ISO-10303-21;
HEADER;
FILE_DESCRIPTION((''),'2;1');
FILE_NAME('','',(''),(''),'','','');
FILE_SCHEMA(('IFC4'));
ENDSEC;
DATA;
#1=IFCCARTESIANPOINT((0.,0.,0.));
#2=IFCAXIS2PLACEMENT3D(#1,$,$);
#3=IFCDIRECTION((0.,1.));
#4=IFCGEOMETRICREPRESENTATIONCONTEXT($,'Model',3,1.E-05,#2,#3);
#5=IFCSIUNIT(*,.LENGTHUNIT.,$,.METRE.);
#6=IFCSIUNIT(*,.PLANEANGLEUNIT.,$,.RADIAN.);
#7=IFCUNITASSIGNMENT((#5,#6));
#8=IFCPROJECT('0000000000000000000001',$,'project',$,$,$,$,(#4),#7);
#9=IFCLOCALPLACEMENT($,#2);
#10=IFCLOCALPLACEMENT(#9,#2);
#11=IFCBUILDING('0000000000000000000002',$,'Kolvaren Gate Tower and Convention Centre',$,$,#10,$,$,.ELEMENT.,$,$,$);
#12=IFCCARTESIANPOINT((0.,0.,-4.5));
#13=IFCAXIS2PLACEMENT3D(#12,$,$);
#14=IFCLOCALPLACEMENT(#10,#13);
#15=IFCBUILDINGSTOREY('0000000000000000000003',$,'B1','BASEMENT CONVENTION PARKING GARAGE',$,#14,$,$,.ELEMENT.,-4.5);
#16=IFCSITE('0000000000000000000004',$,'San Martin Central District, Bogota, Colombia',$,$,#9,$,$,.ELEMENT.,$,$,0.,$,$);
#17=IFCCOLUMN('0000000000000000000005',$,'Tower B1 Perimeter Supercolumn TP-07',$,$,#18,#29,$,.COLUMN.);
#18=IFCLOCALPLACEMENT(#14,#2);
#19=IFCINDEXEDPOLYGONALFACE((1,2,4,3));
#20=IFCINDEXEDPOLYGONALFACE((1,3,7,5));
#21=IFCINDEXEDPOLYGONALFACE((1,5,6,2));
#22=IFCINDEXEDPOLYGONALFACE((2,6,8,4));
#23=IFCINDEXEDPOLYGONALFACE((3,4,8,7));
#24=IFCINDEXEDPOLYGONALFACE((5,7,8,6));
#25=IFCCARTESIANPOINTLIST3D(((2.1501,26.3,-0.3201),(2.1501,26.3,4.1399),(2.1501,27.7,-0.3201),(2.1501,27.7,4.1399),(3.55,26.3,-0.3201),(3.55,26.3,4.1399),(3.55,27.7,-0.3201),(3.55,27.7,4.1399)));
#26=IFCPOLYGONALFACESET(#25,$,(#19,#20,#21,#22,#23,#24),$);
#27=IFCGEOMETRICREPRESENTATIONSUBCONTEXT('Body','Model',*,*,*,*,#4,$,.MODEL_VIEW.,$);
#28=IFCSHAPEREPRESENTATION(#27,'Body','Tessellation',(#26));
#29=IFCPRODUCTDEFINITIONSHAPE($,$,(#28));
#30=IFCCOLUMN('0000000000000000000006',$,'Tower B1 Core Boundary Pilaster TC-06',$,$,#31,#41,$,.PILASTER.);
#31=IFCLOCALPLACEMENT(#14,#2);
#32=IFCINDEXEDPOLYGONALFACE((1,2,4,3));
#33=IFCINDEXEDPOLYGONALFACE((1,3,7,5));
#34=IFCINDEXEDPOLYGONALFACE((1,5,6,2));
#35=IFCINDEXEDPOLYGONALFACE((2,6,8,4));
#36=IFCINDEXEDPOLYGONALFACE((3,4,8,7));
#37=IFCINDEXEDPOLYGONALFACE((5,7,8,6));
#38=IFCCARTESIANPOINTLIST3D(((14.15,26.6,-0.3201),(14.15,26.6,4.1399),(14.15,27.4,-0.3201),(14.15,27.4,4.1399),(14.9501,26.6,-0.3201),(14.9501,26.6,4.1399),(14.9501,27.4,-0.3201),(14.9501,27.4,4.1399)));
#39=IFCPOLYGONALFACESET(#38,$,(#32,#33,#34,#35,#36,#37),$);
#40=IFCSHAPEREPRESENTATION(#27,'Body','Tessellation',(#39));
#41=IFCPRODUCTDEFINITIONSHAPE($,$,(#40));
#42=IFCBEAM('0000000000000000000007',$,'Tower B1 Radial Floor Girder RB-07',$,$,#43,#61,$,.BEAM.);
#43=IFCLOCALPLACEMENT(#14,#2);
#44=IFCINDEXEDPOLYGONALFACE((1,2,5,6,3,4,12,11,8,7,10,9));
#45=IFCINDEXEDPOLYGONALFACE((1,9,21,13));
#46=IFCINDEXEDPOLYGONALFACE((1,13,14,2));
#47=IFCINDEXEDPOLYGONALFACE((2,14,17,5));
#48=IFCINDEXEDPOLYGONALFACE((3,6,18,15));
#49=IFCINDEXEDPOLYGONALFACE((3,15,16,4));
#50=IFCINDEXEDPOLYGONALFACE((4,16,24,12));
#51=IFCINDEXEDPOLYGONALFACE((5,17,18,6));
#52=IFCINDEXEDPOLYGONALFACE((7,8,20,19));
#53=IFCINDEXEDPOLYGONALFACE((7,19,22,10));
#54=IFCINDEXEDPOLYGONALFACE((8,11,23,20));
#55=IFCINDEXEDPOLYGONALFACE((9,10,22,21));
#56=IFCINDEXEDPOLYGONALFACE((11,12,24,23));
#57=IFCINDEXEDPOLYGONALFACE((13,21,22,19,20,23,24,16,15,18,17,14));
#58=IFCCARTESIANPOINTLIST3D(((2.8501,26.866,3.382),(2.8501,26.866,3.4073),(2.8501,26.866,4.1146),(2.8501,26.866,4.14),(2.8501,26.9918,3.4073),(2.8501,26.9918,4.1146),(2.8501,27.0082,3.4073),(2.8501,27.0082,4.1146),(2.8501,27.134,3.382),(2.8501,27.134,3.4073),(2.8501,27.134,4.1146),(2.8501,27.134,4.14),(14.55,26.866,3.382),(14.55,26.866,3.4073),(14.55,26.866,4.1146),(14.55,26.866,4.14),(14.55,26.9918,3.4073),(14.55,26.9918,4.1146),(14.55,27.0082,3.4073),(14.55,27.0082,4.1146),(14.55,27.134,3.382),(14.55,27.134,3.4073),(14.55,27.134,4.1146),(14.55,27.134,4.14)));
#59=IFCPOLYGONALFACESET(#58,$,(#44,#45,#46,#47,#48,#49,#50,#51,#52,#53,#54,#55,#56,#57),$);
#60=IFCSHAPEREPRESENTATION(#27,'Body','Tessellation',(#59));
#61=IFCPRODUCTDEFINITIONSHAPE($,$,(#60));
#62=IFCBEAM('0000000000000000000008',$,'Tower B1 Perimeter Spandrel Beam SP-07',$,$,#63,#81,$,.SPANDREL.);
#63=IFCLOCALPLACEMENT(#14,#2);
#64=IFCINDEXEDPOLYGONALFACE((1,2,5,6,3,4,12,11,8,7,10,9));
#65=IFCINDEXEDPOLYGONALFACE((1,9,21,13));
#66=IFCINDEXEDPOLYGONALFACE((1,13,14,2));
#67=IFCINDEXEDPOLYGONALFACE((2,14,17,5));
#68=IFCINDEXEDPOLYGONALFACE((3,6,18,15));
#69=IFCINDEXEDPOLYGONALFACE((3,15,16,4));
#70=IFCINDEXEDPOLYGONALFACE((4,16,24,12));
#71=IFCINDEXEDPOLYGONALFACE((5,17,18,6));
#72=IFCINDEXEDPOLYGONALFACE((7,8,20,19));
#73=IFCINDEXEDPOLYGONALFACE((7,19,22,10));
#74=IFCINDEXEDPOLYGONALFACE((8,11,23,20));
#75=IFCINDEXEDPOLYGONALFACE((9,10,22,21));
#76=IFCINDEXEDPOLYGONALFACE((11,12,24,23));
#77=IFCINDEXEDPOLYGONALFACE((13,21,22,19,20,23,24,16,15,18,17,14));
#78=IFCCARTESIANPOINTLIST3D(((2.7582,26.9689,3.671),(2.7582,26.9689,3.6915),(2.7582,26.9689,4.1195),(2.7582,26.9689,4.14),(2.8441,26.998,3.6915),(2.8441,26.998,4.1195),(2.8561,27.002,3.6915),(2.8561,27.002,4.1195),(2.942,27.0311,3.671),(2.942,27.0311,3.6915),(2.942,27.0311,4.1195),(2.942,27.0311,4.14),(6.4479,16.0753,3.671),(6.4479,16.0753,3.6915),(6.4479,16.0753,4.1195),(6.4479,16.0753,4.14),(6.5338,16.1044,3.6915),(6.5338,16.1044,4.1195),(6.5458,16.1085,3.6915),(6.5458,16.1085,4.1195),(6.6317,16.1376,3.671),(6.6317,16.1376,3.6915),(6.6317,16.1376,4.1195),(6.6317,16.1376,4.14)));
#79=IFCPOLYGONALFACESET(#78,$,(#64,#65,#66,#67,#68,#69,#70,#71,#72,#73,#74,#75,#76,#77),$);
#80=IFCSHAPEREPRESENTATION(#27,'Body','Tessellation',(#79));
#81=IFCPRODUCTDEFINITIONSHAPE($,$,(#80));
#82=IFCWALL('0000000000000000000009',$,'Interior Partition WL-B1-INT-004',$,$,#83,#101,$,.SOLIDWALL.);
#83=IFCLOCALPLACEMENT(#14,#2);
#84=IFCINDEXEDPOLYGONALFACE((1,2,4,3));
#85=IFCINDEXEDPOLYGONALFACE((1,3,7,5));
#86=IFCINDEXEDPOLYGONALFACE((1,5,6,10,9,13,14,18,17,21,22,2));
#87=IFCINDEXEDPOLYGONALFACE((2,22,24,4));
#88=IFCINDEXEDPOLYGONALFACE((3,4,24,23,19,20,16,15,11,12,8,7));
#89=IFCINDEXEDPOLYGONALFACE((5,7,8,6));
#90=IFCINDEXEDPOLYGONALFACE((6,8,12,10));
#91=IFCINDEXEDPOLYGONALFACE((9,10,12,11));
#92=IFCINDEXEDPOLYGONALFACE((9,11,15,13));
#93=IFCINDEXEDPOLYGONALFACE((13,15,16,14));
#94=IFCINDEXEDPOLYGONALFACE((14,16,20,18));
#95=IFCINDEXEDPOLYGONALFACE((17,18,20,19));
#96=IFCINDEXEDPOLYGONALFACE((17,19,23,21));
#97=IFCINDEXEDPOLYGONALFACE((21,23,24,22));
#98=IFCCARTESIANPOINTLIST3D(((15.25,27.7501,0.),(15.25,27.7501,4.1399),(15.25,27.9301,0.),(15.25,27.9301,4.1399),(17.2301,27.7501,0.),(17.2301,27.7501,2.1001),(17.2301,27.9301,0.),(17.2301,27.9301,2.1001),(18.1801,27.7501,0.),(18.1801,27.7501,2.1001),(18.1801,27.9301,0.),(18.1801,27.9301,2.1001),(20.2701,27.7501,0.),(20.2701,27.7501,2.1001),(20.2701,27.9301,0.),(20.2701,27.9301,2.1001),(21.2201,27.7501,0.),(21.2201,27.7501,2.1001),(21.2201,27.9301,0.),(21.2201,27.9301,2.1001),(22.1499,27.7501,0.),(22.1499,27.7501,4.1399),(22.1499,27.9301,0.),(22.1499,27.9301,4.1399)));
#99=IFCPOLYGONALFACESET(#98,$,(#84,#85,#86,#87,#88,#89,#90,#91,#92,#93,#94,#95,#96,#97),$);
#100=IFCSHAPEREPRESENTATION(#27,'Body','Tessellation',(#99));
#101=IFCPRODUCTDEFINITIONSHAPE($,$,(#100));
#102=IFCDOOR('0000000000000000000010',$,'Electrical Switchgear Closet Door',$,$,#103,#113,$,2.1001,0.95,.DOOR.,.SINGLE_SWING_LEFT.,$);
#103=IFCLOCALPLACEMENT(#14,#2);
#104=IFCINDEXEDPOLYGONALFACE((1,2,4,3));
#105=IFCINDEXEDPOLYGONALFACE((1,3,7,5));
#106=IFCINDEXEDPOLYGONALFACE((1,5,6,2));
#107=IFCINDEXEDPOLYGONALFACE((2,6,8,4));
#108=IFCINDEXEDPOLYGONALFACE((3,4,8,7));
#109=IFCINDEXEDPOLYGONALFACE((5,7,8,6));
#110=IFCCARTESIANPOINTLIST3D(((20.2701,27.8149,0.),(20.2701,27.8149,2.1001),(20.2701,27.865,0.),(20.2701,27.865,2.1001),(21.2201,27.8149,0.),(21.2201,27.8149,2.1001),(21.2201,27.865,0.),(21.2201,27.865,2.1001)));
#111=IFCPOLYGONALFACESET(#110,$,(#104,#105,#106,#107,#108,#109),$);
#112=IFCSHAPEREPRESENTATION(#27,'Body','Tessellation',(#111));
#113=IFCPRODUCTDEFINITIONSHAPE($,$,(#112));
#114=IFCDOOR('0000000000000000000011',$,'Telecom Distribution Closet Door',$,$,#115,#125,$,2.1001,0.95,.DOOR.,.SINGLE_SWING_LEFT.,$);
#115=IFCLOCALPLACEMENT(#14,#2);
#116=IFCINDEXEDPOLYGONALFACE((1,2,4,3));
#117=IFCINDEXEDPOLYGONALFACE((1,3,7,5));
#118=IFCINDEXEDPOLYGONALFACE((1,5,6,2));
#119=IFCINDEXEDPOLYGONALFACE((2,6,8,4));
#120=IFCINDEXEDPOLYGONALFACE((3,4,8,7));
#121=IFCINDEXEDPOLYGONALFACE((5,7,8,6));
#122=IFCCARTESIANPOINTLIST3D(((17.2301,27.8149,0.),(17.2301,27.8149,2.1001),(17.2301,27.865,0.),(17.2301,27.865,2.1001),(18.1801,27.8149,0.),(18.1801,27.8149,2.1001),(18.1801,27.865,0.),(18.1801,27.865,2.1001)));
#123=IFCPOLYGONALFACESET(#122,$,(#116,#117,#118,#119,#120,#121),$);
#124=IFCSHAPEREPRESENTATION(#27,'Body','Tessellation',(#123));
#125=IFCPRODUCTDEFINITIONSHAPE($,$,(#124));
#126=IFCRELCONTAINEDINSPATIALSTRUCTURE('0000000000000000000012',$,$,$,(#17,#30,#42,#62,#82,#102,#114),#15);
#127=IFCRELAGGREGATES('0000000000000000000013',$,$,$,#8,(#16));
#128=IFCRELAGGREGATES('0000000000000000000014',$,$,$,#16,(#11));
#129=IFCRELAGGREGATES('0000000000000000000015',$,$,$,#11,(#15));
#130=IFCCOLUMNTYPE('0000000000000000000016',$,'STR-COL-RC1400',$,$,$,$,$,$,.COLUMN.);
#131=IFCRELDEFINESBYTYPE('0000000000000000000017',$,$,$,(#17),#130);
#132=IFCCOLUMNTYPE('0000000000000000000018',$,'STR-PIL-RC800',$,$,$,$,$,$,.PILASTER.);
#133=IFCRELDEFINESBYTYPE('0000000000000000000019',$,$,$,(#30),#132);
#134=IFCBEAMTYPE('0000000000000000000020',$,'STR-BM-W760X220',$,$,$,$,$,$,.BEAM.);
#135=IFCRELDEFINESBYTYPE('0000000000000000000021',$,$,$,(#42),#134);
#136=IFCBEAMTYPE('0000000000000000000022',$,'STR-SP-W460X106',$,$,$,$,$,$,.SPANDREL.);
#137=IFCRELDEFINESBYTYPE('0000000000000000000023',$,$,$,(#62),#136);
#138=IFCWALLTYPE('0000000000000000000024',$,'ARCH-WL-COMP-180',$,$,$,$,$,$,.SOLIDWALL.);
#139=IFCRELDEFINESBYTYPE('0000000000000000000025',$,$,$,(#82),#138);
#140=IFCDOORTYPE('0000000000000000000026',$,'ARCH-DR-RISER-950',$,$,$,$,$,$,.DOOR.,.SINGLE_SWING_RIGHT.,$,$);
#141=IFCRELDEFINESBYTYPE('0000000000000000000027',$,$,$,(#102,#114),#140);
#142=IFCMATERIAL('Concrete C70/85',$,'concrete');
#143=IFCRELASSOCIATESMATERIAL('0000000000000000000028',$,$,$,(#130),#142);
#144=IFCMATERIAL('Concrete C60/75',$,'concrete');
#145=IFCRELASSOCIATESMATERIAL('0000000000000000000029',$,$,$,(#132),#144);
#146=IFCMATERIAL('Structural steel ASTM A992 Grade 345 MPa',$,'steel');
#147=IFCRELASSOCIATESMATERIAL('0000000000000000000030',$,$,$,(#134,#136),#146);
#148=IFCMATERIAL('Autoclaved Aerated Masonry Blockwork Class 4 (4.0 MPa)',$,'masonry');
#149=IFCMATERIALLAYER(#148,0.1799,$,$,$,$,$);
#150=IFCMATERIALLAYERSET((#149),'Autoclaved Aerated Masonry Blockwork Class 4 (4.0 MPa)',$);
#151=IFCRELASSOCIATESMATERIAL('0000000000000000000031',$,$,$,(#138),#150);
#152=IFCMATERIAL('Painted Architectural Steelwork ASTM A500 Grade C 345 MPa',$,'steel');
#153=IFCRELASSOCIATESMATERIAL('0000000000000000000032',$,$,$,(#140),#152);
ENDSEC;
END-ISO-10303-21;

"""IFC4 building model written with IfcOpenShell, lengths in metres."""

from ifc_helpers import new_model, si_unit, direction, frame, frame_2d, origin, origin_2d, place, context, subcontext, project, spatial, rectangle, i_section, extrude, material, layer, layer_set, material_profile, profile_set, type_object, element, fill, save


model = new_model("IFC4")

# Units and contexts
model_context = context("Model", 3, precision=1e-05, world=origin(), true_north=direction((0.0, 1.0)))
body_context = subcontext(model_context, "Body", "Model", "MODEL_VIEW")
ifc_project = project(units=[si_unit("LENGTHUNIT", "METRE"), si_unit("PLANEANGLEUNIT", "RADIAN")], contexts=[model_context])

# Site, building, storey
site_placement = place(None, origin())
site = spatial("IfcSite", under=ifc_project, at=site_placement, Name="San Martin Central District, Bogota, Colombia", CompositionType="ELEMENT", RefElevation=0.0)
building_placement = place(site_placement, origin())
building = spatial("IfcBuilding", under=site, at=building_placement, Name="Kolvaren Gate Tower and Convention Centre", CompositionType="ELEMENT")
storey_placement = place(building_placement, frame((0.0, 0.0, -4.5)))
storey = spatial("IfcBuildingStorey", under=building, at=storey_placement, Name="B1", Description="BASEMENT CONVENTION PARKING GARAGE", CompositionType="ELEMENT", Elevation=-4.5)

# Columns
ifc_material_1 = material(Name="Concrete C70/85", Category="concrete")
ifc_material_profile_1 = material_profile(ifc_material_1, rectangle(XDim=1.3999, YDim=1.3999, at=origin_2d()), Name="RC-COL-1400X1400")
ifc_profile_set_1 = profile_set([ifc_material_profile_1], Name="Concrete C70/85")
column_type_1 = type_object("IfcColumnType", Name="STR-COL-RC1400", PredefinedType="COLUMN", material=ifc_profile_set_1)
column_1_placement = place(storey_placement, frame((2.8501, 27.0, -0.3201), z_axis=(0.0, 0.0, 1.0), x_axis=(1.0, 0.0, 0.0)))
element("IfcColumn", 1, at=column_1_placement, inside=storey, type_object=column_type_1, Name="Tower B1 Perimeter Supercolumn TP-07", PredefinedType="COLUMN", context=body_context, shape_type="SweptSolid", body=[
    extrude(rectangle(XDim=1.3999, YDim=1.3999, at=origin_2d()), origin(), (0.0, 0.0, 1.0), 4.46),
])
ifc_material_2 = material(Name="Concrete C60/75", Category="concrete")
ifc_material_profile_2 = material_profile(ifc_material_2, rectangle(XDim=0.8, YDim=0.8, at=origin_2d()), Name="RC-COL-800X800")
ifc_profile_set_2 = profile_set([ifc_material_profile_2], Name="Concrete C60/75")
column_type_2 = type_object("IfcColumnType", Name="STR-PIL-RC800", PredefinedType="PILASTER", material=ifc_profile_set_2)
column_2_placement = place(storey_placement, frame((14.55, 27.0, -0.3201), z_axis=(0.0, 0.0, 1.0), x_axis=(1.0, 0.0, 0.0)))
element("IfcColumn", 2, at=column_2_placement, inside=storey, type_object=column_type_2, Name="Tower B1 Core Boundary Pilaster TC-06", PredefinedType="PILASTER", context=body_context, shape_type="SweptSolid", body=[
    extrude(rectangle(XDim=0.8, YDim=0.8, at=origin_2d()), origin(), (0.0, 0.0, 1.0), 4.46),
])

# Beams
ifc_material_3 = material(Name="Structural steel ASTM A992 Grade 345 MPa", Category="steel")
ifc_material_profile_3 = material_profile(ifc_material_3, i_section(OverallWidth=0.2681, OverallDepth=0.7581, WebThickness=0.0164, FlangeThickness=0.0254, at=origin_2d()), Name="W760X220")
ifc_profile_set_3 = profile_set([ifc_material_profile_3], Name="Structural steel ASTM A992 Grade 345 MPa")
beam_type_1 = type_object("IfcBeamType", Name="STR-BM-W760X220", PredefinedType="BEAM", material=ifc_profile_set_3)
beam_1_placement = place(storey_placement, frame((14.55, 27.0, 3.761), z_axis=(-1.0, 0.0, 0.0), x_axis=(0.0, -1.0, 0.0)))
element("IfcBeam", 3, at=beam_1_placement, inside=storey, type_object=beam_type_1, Name="Tower B1 Radial Floor Girder RB-07", PredefinedType="BEAM", context=body_context, shape_type="SweptSolid", body=[
    extrude(i_section(OverallWidth=0.2681, OverallDepth=0.7581, WebThickness=0.0164, FlangeThickness=0.0254, at=origin_2d()), origin(), (0.0, 0.0, 1.0), 11.7),
])
ifc_material_profile_4 = material_profile(ifc_material_3, i_section(OverallWidth=0.1941, OverallDepth=0.469, WebThickness=0.0127, FlangeThickness=0.0205, at=origin_2d()), Name="W460X106")
ifc_profile_set_4 = profile_set([ifc_material_profile_4], Name="Structural steel ASTM A992 Grade 345 MPa")
beam_type_2 = type_object("IfcBeamType", Name="STR-SP-W460X106", PredefinedType="SPANDREL", material=ifc_profile_set_4)
beam_2_placement = place(storey_placement, frame((2.8501, 27.0, 3.9055), z_axis=(0.320803, -0.947146, 0.0), x_axis=(0.947146, 0.320803, 0.0)))
element("IfcBeam", 4, at=beam_2_placement, inside=storey, type_object=beam_type_2, Name="Tower B1 Perimeter Spandrel Beam SP-07", PredefinedType="SPANDREL", context=body_context, shape_type="SweptSolid", body=[
    extrude(i_section(OverallWidth=0.1941, OverallDepth=0.469, WebThickness=0.0127, FlangeThickness=0.0205, at=origin_2d()), origin(), (0.0, 0.0, 1.0), 11.5015),
])

# Wall, openings, doors
ifc_material_4 = material(Name="Autoclaved Aerated Masonry Blockwork Class 4 (4.0 MPa)", Category="masonry")
ifc_layer_1 = layer(ifc_material_4, 0.1799)
ifc_layer_set_1 = layer_set([ifc_layer_1], Name="Autoclaved Aerated Masonry Blockwork Class 4 (4.0 MPa)")
wall_type_1 = type_object("IfcWallType", Name="ARCH-WL-COMP-180", PredefinedType="SOLIDWALL", material=ifc_layer_set_1)
wall_1_placement = place(storey_placement, frame((15.25, 27.8401, 0.0), z_axis=(0.0, 0.0, 1.0), x_axis=(1.0, 0.0, 0.0)))
wall_1 = element("IfcWall", 5, at=wall_1_placement, inside=storey, type_object=wall_type_1, Name="Interior Partition WL-B1-INT-004", PredefinedType="SOLIDWALL", context=body_context, shape_type="SweptSolid", body=[
    extrude(rectangle(XDim=6.8999, YDim=0.1799, at=frame_2d((3.45, 0.0))), origin(), (0.0, 0.0, 1.0), 4.1399),
])
opening_1_placement = place(wall_1_placement, frame((5.02, 0.0, 0.0)))
opening_1 = element("IfcOpeningElement", 6, at=opening_1_placement, cuts=wall_1, PredefinedType="OPENING", context=body_context, shape_type="SweptSolid", body=[
    extrude(rectangle(XDim=0.95, YDim=2.1001, at=frame_2d((0.4751, 1.05))), frame((0.0, 0.0999, 0.0), z_axis=(0.0, -1.0, 0.0), x_axis=(1.0, 0.0, 0.0)), (0.0, 0.0, 1.0), 0.2),
])
opening_2_placement = place(wall_1_placement, frame((1.98, 0.0, 0.0)))
opening_2 = element("IfcOpeningElement", 7, at=opening_2_placement, cuts=wall_1, PredefinedType="OPENING", context=body_context, shape_type="SweptSolid", body=[
    extrude(rectangle(XDim=0.95, YDim=2.1001, at=frame_2d((0.4751, 1.05))), frame((0.0, 0.0999, 0.0), z_axis=(0.0, -1.0, 0.0), x_axis=(1.0, 0.0, 0.0)), (0.0, 0.0, 1.0), 0.2),
])
ifc_material_5 = material(Name="Painted Architectural Steelwork ASTM A500 Grade C 345 MPa", Category="steel")
door_type = type_object("IfcDoorType", Name="ARCH-DR-RISER-950", OperationType="SINGLE_SWING_RIGHT", PredefinedType="DOOR", material=ifc_material_5)
door_1_placement = place(opening_1_placement, origin())
door_1 = element("IfcDoor", 8, at=door_1_placement, inside=storey, type_object=door_type, Name="Electrical Switchgear Closet Door", OperationType="SINGLE_SWING_LEFT", OverallHeight=2.1001, OverallWidth=0.95, PredefinedType="DOOR", context=body_context, shape_type="SweptSolid", body=[
    extrude(rectangle(XDim=0.95, YDim=2.1001, at=frame_2d((0.4751, 1.05))), frame((0.0, 0.0249, 0.0), z_axis=(0.0, -1.0, 0.0), x_axis=(1.0, 0.0, 0.0)), (0.0, 0.0, 1.0), 0.05),
])
fill(opening_1, door_1)
door_2_placement = place(opening_2_placement, origin())
door_2 = element("IfcDoor", 9, at=door_2_placement, inside=storey, type_object=door_type, Name="Telecom Distribution Closet Door", OperationType="SINGLE_SWING_LEFT", OverallHeight=2.1001, OverallWidth=0.95, PredefinedType="DOOR", context=body_context, shape_type="SweptSolid", body=[
    extrude(rectangle(XDim=0.95, YDim=2.1001, at=frame_2d((0.4751, 1.05))), frame((0.0, 0.0249, 0.0), z_axis=(0.0, -1.0, 0.0), x_axis=(1.0, 0.0, 0.0)), (0.0, 0.0, 1.0), 0.05),
])
fill(opening_2, door_2)

save(model, "model.ifc")
